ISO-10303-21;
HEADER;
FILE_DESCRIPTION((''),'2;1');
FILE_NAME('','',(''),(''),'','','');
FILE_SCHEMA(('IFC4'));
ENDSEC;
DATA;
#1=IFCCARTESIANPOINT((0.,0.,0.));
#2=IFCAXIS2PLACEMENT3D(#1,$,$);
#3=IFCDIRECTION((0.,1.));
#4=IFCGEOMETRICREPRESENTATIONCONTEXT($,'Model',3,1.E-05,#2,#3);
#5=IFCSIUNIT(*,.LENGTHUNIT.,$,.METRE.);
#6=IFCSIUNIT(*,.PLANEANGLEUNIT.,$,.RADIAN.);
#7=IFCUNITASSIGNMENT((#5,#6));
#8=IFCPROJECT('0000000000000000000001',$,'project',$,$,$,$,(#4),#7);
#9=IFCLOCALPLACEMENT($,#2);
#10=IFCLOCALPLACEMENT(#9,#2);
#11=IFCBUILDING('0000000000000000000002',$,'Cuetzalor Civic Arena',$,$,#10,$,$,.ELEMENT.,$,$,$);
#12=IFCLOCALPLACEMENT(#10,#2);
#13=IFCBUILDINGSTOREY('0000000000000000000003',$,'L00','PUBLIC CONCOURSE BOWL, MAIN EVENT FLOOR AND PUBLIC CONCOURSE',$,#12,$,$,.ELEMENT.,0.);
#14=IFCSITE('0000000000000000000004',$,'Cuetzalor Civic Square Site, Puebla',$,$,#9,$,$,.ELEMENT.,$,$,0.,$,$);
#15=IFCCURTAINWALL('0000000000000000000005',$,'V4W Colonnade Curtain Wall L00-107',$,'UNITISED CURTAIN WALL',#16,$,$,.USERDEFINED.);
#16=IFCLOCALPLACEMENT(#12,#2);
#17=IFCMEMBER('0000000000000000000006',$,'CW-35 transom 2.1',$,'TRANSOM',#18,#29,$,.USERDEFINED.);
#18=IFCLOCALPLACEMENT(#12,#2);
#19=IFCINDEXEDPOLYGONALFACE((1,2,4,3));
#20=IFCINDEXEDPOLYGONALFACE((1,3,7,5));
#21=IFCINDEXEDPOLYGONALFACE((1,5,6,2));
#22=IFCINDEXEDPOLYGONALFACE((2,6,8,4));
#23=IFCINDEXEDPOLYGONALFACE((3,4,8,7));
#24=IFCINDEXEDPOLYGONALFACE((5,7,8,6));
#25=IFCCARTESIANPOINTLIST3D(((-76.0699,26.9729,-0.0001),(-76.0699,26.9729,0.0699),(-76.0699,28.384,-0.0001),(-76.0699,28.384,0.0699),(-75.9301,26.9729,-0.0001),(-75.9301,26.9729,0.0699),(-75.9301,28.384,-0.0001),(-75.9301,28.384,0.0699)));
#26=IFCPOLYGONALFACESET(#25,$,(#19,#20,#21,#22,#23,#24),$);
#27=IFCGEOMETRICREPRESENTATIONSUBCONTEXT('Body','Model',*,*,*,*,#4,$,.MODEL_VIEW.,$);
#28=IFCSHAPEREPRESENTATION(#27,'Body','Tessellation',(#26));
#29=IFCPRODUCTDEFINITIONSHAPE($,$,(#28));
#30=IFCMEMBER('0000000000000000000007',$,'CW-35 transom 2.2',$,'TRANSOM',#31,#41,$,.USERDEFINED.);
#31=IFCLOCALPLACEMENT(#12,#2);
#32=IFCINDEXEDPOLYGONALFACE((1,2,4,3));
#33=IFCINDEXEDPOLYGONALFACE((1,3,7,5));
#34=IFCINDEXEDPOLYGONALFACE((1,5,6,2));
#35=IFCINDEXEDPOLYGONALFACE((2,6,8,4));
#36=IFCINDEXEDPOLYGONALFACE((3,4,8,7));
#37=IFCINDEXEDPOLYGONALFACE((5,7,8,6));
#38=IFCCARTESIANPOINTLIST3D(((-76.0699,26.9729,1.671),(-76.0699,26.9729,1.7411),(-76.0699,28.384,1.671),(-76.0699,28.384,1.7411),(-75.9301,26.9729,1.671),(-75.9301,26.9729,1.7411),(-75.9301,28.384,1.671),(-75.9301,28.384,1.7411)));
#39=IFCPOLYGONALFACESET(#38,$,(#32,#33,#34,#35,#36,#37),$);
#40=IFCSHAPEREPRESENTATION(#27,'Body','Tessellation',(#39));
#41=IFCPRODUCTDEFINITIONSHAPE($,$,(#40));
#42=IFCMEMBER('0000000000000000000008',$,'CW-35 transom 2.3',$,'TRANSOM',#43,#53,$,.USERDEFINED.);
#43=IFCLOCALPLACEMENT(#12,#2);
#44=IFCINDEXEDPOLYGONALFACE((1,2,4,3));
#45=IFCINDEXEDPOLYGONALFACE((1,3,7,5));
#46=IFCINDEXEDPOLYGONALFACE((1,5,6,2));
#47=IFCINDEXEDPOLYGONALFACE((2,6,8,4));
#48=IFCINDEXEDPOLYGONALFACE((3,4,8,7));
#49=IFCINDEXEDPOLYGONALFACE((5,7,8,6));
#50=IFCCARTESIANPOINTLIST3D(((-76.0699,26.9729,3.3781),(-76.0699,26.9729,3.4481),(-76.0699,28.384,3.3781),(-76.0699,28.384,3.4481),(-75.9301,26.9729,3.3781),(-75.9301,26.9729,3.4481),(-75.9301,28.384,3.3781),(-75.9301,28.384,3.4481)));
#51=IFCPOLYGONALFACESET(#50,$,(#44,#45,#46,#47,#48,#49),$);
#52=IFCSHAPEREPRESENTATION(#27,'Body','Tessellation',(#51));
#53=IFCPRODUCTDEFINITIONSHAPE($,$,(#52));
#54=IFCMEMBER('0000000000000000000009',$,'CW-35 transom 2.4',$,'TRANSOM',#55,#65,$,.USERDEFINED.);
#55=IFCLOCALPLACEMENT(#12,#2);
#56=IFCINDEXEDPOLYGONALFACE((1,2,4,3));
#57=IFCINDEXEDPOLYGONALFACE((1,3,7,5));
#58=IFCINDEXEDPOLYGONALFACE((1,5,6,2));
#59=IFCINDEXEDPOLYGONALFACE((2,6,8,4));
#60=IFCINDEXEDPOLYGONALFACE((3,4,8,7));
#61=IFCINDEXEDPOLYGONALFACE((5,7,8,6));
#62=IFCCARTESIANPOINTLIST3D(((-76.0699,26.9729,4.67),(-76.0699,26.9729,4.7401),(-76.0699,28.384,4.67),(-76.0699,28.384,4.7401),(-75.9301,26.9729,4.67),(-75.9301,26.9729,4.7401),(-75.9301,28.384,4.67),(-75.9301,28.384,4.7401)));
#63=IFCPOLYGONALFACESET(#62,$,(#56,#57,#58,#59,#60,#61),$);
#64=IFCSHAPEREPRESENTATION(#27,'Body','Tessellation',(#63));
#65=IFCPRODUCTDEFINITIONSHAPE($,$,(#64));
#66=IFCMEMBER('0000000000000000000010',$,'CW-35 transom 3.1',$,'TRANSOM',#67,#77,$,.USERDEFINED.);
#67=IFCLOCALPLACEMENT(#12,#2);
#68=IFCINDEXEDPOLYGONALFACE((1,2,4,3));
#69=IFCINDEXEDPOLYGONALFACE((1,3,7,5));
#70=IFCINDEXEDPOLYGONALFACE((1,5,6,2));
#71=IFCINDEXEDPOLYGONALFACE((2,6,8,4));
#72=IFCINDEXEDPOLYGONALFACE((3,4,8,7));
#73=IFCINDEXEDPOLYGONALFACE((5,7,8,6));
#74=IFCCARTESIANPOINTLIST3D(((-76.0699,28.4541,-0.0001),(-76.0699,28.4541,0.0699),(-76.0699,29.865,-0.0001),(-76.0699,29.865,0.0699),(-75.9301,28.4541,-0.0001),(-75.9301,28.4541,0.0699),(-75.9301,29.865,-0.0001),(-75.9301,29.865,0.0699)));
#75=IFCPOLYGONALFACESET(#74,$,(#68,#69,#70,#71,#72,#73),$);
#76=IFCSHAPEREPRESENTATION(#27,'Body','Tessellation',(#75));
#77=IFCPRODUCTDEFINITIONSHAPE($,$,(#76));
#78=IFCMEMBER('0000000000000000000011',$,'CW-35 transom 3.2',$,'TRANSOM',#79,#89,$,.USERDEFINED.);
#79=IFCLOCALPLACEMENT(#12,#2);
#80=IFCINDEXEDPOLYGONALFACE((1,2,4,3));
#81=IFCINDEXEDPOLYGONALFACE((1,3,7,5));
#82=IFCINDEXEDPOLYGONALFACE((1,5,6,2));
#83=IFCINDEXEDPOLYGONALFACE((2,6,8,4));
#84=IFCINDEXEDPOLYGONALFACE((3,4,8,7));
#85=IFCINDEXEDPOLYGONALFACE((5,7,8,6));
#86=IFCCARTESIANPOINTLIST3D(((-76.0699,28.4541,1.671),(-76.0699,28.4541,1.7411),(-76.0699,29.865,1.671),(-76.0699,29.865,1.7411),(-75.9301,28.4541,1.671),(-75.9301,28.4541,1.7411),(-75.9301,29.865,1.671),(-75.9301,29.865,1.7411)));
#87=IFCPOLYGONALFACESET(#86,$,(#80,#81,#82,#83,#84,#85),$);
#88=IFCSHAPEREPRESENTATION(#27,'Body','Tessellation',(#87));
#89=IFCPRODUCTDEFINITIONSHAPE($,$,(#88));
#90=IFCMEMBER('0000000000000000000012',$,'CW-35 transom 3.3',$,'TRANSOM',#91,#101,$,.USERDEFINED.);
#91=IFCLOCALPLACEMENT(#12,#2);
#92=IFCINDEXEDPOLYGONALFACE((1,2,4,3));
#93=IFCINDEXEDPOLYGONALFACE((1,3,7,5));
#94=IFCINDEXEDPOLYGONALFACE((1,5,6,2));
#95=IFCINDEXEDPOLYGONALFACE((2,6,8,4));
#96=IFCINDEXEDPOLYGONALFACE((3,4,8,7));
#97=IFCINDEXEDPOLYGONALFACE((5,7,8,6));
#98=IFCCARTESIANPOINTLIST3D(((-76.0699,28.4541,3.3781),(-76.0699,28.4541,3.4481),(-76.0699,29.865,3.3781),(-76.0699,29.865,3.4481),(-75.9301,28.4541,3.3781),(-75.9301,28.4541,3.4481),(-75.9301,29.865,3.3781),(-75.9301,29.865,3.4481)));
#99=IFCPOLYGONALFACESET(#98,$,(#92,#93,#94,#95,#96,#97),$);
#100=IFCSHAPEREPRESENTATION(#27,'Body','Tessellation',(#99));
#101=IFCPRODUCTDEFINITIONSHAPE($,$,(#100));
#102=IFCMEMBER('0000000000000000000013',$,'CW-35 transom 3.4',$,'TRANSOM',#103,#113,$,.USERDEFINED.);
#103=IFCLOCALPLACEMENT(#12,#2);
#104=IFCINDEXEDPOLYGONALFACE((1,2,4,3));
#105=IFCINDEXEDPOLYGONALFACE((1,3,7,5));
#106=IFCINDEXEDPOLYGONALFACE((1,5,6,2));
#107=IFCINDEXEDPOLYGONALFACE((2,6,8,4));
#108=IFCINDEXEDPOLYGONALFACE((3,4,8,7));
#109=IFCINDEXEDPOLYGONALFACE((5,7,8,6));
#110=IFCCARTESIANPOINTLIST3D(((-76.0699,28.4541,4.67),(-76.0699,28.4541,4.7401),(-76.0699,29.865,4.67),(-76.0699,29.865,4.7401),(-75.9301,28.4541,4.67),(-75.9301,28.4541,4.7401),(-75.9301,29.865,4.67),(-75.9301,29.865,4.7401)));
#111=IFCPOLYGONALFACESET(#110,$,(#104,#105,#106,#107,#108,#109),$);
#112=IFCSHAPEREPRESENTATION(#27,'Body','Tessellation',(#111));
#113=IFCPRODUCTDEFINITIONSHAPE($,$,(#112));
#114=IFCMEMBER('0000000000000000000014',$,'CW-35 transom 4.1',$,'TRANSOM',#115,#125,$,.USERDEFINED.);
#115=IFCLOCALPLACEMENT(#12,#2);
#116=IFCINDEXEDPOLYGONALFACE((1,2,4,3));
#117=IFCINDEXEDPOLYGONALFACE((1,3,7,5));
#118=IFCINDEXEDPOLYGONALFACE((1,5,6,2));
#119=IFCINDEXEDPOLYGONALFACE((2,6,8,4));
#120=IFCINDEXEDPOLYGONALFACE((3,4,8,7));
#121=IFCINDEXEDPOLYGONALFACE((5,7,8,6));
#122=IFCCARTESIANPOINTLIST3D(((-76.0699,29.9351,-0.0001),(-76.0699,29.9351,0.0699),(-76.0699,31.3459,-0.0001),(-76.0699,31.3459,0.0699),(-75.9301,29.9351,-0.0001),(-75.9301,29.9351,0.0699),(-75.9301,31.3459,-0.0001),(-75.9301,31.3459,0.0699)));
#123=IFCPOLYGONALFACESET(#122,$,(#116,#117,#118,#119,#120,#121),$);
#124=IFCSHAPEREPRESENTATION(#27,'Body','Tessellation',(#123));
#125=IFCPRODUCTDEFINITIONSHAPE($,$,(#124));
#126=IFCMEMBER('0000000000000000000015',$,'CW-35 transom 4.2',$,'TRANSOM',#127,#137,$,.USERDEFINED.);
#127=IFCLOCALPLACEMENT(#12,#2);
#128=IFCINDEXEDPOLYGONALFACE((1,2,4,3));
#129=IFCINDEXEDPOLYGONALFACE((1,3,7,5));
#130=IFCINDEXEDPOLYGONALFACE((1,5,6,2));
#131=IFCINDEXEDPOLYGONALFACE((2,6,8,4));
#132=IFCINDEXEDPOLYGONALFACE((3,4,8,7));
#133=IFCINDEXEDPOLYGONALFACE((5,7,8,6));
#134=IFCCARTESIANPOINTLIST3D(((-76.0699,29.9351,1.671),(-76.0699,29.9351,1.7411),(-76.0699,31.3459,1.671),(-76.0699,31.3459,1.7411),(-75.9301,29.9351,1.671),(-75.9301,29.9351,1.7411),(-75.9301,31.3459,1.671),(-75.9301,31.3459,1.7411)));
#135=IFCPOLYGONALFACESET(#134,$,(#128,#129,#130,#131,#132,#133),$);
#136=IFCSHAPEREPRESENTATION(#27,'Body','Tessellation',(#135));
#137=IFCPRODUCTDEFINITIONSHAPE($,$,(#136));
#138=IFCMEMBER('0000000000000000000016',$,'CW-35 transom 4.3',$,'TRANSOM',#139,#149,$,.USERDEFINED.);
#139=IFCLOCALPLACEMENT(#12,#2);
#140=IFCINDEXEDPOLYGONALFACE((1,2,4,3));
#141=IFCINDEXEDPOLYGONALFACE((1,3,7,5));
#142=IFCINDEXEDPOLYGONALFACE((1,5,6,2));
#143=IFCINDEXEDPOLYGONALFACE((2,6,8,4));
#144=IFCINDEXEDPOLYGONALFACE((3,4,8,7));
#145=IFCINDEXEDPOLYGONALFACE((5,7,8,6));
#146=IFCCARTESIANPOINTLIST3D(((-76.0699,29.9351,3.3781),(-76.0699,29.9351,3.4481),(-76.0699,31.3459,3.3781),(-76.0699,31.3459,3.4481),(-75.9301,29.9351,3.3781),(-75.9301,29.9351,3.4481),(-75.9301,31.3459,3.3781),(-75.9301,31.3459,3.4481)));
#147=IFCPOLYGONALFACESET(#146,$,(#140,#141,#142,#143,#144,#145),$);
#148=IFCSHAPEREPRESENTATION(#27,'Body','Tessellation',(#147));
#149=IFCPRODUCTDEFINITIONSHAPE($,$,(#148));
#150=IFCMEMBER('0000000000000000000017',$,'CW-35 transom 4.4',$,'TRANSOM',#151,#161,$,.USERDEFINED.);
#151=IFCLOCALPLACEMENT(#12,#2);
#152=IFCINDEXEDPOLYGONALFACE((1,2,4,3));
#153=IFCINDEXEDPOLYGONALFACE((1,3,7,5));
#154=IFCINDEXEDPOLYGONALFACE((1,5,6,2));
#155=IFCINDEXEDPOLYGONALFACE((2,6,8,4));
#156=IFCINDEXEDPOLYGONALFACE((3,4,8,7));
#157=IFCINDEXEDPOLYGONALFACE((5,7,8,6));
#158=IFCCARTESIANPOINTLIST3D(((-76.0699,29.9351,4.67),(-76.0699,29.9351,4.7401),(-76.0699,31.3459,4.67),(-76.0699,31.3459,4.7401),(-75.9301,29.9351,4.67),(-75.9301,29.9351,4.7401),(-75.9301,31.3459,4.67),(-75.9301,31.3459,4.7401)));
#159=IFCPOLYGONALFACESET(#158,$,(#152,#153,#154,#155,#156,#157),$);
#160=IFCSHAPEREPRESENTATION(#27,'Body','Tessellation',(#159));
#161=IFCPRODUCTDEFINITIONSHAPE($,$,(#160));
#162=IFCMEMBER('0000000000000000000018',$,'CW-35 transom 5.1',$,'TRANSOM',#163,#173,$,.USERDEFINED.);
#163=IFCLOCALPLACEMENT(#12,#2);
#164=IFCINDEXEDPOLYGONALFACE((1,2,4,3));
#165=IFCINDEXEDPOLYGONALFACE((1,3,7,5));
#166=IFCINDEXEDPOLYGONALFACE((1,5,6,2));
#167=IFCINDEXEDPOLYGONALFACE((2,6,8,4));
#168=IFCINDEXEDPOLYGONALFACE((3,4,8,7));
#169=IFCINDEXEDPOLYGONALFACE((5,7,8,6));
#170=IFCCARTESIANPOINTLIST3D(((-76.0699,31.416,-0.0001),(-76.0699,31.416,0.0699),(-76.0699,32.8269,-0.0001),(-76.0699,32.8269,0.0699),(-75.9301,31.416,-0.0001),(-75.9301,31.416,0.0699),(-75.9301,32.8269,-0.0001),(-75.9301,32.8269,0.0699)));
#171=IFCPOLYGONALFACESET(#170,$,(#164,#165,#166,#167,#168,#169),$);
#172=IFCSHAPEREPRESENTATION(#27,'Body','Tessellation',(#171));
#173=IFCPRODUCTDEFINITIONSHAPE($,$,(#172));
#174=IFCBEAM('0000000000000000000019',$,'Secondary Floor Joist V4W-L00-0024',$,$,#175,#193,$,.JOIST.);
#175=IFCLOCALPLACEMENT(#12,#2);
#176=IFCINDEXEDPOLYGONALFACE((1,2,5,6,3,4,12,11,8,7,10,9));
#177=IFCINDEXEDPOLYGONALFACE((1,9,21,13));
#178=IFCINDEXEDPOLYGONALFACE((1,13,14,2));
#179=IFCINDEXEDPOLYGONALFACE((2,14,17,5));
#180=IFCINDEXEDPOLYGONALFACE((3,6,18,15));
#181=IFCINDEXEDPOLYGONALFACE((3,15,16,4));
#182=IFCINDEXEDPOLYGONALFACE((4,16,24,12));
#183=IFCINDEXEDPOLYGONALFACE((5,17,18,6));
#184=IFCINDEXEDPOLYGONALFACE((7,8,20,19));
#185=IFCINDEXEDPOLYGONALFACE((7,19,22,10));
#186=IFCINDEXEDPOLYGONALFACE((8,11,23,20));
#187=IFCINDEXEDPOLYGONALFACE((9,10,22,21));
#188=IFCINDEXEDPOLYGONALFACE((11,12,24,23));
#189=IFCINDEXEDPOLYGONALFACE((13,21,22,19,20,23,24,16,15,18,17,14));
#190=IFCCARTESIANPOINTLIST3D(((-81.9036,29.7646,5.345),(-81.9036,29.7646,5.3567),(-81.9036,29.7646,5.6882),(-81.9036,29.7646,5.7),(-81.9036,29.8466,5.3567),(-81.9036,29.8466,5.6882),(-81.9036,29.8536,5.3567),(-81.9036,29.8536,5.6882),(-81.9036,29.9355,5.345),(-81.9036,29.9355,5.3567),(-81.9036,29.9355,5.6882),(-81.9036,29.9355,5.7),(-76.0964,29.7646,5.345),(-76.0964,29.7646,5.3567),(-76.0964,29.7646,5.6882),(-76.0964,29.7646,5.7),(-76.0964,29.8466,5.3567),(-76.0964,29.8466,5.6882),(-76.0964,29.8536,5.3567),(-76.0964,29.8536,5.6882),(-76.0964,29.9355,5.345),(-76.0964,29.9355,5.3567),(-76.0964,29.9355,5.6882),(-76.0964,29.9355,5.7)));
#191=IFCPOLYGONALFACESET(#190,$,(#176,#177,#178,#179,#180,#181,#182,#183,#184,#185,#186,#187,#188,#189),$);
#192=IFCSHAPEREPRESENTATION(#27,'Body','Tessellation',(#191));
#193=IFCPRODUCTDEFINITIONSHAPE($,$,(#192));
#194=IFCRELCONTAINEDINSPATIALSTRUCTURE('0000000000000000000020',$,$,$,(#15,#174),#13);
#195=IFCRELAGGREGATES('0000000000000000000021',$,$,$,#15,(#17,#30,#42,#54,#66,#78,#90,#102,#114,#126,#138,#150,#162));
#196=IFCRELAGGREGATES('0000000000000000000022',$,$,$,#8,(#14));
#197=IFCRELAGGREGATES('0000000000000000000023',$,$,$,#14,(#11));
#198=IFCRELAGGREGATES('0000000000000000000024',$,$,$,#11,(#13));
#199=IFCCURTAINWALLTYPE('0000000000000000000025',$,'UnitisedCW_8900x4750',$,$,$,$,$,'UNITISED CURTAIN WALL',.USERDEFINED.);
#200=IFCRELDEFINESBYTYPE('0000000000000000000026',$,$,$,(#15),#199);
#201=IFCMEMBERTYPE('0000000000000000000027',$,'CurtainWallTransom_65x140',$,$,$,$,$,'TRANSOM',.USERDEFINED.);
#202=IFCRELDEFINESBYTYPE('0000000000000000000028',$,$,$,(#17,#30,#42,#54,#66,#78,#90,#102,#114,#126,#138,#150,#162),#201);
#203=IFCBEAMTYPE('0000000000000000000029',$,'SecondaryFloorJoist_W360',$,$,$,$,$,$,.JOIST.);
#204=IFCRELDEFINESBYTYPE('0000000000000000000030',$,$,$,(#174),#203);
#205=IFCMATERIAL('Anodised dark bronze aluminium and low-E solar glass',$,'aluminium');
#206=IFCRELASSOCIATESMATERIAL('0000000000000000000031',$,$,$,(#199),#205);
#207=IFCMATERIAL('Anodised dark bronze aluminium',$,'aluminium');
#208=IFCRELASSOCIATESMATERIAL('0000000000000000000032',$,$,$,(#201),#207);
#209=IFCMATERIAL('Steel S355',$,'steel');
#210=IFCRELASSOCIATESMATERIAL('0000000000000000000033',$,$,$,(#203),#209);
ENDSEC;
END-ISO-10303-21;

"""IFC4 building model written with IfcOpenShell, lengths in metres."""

from ifc_helpers import new_model, si_unit, direction, frame, origin, origin_2d, place, context, subcontext, project, spatial, rectangle, i_section, extrude, material, material_profile, profile_set, type_object, element, aggregate, save


model = new_model("IFC4")

# Units and contexts
model_context = context("Model", 3, precision=1e-05, world=origin(), true_north=direction((0.0, 1.0)))
body_context = subcontext(model_context, "Body", "Model", "MODEL_VIEW")
ifc_project = project(units=[si_unit("LENGTHUNIT", "METRE"), si_unit("PLANEANGLEUNIT", "RADIAN")], contexts=[model_context])

# Site, building, storey
site_placement = place(None, origin())
site = spatial("IfcSite", under=ifc_project, at=site_placement, Name="Cuetzalor Civic Square Site, Puebla", CompositionType="ELEMENT", RefElevation=0.0)
building_placement = place(site_placement, origin())
building = spatial("IfcBuilding", under=site, at=building_placement, Name="Cuetzalor Civic Arena", CompositionType="ELEMENT")
storey_placement = place(building_placement, origin())
storey = spatial("IfcBuildingStorey", under=building, at=storey_placement, Name="L00", Description="PUBLIC CONCOURSE BOWL, MAIN EVENT FLOOR AND PUBLIC CONCOURSE", CompositionType="ELEMENT", Elevation=0.0)

# Curtain wall, members
ifc_material_1 = material(Name="Anodised dark bronze aluminium and low-E solar glass", Category="aluminium")
curtain_wall_type = type_object("IfcCurtainWallType", Name="UnitisedCW_8900x4750", ElementType="UNITISED CURTAIN WALL", PredefinedType="USERDEFINED", material=ifc_material_1)
curtain_wall_placement = place(storey_placement, origin())
curtain_wall = element("IfcCurtainWall", 1, at=curtain_wall_placement, inside=storey, type_object=curtain_wall_type, Name="V4W Colonnade Curtain Wall L00-107", ObjectType="UNITISED CURTAIN WALL", PredefinedType="USERDEFINED")
ifc_material_2 = material(Name="Anodised dark bronze aluminium", Category="aluminium")
ifc_material_profile_1 = material_profile(ifc_material_2, rectangle(XDim=0.1399, YDim=0.0701, at=origin_2d()), Name="ALU TRANSOM 70x140")
ifc_profile_set_1 = profile_set([ifc_material_profile_1], Name="Anodised dark bronze aluminium")
member_type_1 = type_object("IfcMemberType", Name="CurtainWallTransom_65x140", ElementType="TRANSOM", PredefinedType="USERDEFINED", material=ifc_profile_set_1)
member_1_placement = place(storey_placement, frame((-76.0, 26.9729, 0.0349), z_axis=(0.0, 1.0, 0.0), x_axis=(-1.0, 0.0, 0.0)))
member_1 = element("IfcMember", 2, at=member_1_placement, type_object=member_type_1, Name="CW-35 transom 2.1", ObjectType="TRANSOM", PredefinedType="USERDEFINED", context=body_context, shape_type="SweptSolid", body=[
    extrude(rectangle(XDim=0.1399, YDim=0.0701, at=origin_2d()), origin(), (0.0, 0.0, 1.0), 1.4111),
])
member_2_placement = place(storey_placement, frame((-76.0, 26.9729, 1.7061), z_axis=(0.0, 1.0, 0.0), x_axis=(-1.0, 0.0, 0.0)))
member_2 = element("IfcMember", 3, at=member_2_placement, type_object=member_type_1, Name="CW-35 transom 2.2", ObjectType="TRANSOM", PredefinedType="USERDEFINED", context=body_context, shape_type="SweptSolid", body=[
    extrude(rectangle(XDim=0.1399, YDim=0.0701, at=origin_2d()), origin(), (0.0, 0.0, 1.0), 1.4111),
])
member_3_placement = place(storey_placement, frame((-76.0, 26.9729, 3.4131), z_axis=(0.0, 1.0, 0.0), x_axis=(-1.0, 0.0, 0.0)))
member_3 = element("IfcMember", 4, at=member_3_placement, type_object=member_type_1, Name="CW-35 transom 2.3", ObjectType="TRANSOM", PredefinedType="USERDEFINED", context=body_context, shape_type="SweptSolid", body=[
    extrude(rectangle(XDim=0.1399, YDim=0.0701, at=origin_2d()), origin(), (0.0, 0.0, 1.0), 1.4111),
])
member_4_placement = place(storey_placement, frame((-76.0, 26.9729, 4.7051), z_axis=(0.0, 1.0, 0.0), x_axis=(-1.0, 0.0, 0.0)))
member_4 = element("IfcMember", 5, at=member_4_placement, type_object=member_type_1, Name="CW-35 transom 2.4", ObjectType="TRANSOM", PredefinedType="USERDEFINED", context=body_context, shape_type="SweptSolid", body=[
    extrude(rectangle(XDim=0.1399, YDim=0.0701, at=origin_2d()), origin(), (0.0, 0.0, 1.0), 1.4111),
])
member_5_placement = place(storey_placement, frame((-76.0, 28.4541, 0.0349), z_axis=(0.0, 1.0, 0.0), x_axis=(-1.0, 0.0, 0.0)))
member_5 = element("IfcMember", 6, at=member_5_placement, type_object=member_type_1, Name="CW-35 transom 3.1", ObjectType="TRANSOM", PredefinedType="USERDEFINED", context=body_context, shape_type="SweptSolid", body=[
    extrude(rectangle(XDim=0.1399, YDim=0.0701, at=origin_2d()), origin(), (0.0, 0.0, 1.0), 1.4109),
])
member_6_placement = place(storey_placement, frame((-76.0, 28.4541, 1.7061), z_axis=(0.0, 1.0, 0.0), x_axis=(-1.0, 0.0, 0.0)))
member_6 = element("IfcMember", 7, at=member_6_placement, type_object=member_type_1, Name="CW-35 transom 3.2", ObjectType="TRANSOM", PredefinedType="USERDEFINED", context=body_context, shape_type="SweptSolid", body=[
    extrude(rectangle(XDim=0.1399, YDim=0.0701, at=origin_2d()), origin(), (0.0, 0.0, 1.0), 1.4109),
])
member_7_placement = place(storey_placement, frame((-76.0, 28.4541, 3.4131), z_axis=(0.0, 1.0, 0.0), x_axis=(-1.0, 0.0, 0.0)))
member_7 = element("IfcMember", 8, at=member_7_placement, type_object=member_type_1, Name="CW-35 transom 3.3", ObjectType="TRANSOM", PredefinedType="USERDEFINED", context=body_context, shape_type="SweptSolid", body=[
    extrude(rectangle(XDim=0.1399, YDim=0.0701, at=origin_2d()), origin(), (0.0, 0.0, 1.0), 1.4109),
])
member_8_placement = place(storey_placement, frame((-76.0, 28.4541, 4.7051), z_axis=(0.0, 1.0, 0.0), x_axis=(-1.0, 0.0, 0.0)))
member_8 = element("IfcMember", 9, at=member_8_placement, type_object=member_type_1, Name="CW-35 transom 3.4", ObjectType="TRANSOM", PredefinedType="USERDEFINED", context=body_context, shape_type="SweptSolid", body=[
    extrude(rectangle(XDim=0.1399, YDim=0.0701, at=origin_2d()), origin(), (0.0, 0.0, 1.0), 1.4109),
])
member_9_placement = place(storey_placement, frame((-76.0, 29.9351, 0.0349), z_axis=(0.0, 1.0, 0.0), x_axis=(-1.0, 0.0, 0.0)))
member_9 = element("IfcMember", 10, at=member_9_placement, type_object=member_type_1, Name="CW-35 transom 4.1", ObjectType="TRANSOM", PredefinedType="USERDEFINED", context=body_context, shape_type="SweptSolid", body=[
    extrude(rectangle(XDim=0.1399, YDim=0.0701, at=origin_2d()), origin(), (0.0, 0.0, 1.0), 1.4109),
])
member_10_placement = place(storey_placement, frame((-76.0, 29.9351, 1.7061), z_axis=(0.0, 1.0, 0.0), x_axis=(-1.0, 0.0, 0.0)))
member_10 = element("IfcMember", 11, at=member_10_placement, type_object=member_type_1, Name="CW-35 transom 4.2", ObjectType="TRANSOM", PredefinedType="USERDEFINED", context=body_context, shape_type="SweptSolid", body=[
    extrude(rectangle(XDim=0.1399, YDim=0.0701, at=origin_2d()), origin(), (0.0, 0.0, 1.0), 1.4109),
])
member_11_placement = place(storey_placement, frame((-76.0, 29.9351, 3.4131), z_axis=(0.0, 1.0, 0.0), x_axis=(-1.0, 0.0, 0.0)))
member_11 = element("IfcMember", 12, at=member_11_placement, type_object=member_type_1, Name="CW-35 transom 4.3", ObjectType="TRANSOM", PredefinedType="USERDEFINED", context=body_context, shape_type="SweptSolid", body=[
    extrude(rectangle(XDim=0.1399, YDim=0.0701, at=origin_2d()), origin(), (0.0, 0.0, 1.0), 1.4109),
])
member_12_placement = place(storey_placement, frame((-76.0, 29.9351, 4.7051), z_axis=(0.0, 1.0, 0.0), x_axis=(-1.0, 0.0, 0.0)))
member_12 = element("IfcMember", 13, at=member_12_placement, type_object=member_type_1, Name="CW-35 transom 4.4", ObjectType="TRANSOM", PredefinedType="USERDEFINED", context=body_context, shape_type="SweptSolid", body=[
    extrude(rectangle(XDim=0.1399, YDim=0.0701, at=origin_2d()), origin(), (0.0, 0.0, 1.0), 1.4109),
])
member_13_placement = place(storey_placement, frame((-76.0, 31.416, 0.0349), z_axis=(0.0, 1.0, 0.0), x_axis=(-1.0, 0.0, 0.0)))
member_13 = element("IfcMember", 14, at=member_13_placement, type_object=member_type_1, Name="CW-35 transom 5.1", ObjectType="TRANSOM", PredefinedType="USERDEFINED", context=body_context, shape_type="SweptSolid", body=[
    extrude(rectangle(XDim=0.1399, YDim=0.0701, at=origin_2d()), origin(), (0.0, 0.0, 1.0), 1.4109),
])

# Beam
ifc_material_3 = material(Name="Steel S355", Category="steel")
ifc_material_profile_2 = material_profile(ifc_material_3, i_section(OverallWidth=0.1709, OverallDepth=0.355, WebThickness=0.0071, FlangeThickness=0.0117, at=origin_2d()), Name="W360x51")
ifc_profile_set_2 = profile_set([ifc_material_profile_2], Name="Steel S355")
beam_type = type_object("IfcBeamType", Name="SecondaryFloorJoist_W360", PredefinedType="JOIST", material=ifc_profile_set_2)
beam_placement = place(storey_placement, frame((-81.9036, 29.8501, 5.5225), z_axis=(1.0, 0.0, 0.0), x_axis=(0.0, 1.0, 0.0)))
element("IfcBeam", 15, at=beam_placement, inside=storey, type_object=beam_type, Name="Secondary Floor Joist V4W-L00-0024", PredefinedType="JOIST", context=body_context, shape_type="SweptSolid", body=[
    extrude(i_section(OverallWidth=0.1709, OverallDepth=0.355, WebThickness=0.0071, FlangeThickness=0.0117, at=origin_2d()), origin(), (0.0, 0.0, 1.0), 5.8071),
])

aggregate(curtain_wall, [member_1, member_2, member_3, member_4, member_5, member_6, member_7, member_8, member_9, member_10, member_11, member_12, member_13])

save(model, "model.ifc")
